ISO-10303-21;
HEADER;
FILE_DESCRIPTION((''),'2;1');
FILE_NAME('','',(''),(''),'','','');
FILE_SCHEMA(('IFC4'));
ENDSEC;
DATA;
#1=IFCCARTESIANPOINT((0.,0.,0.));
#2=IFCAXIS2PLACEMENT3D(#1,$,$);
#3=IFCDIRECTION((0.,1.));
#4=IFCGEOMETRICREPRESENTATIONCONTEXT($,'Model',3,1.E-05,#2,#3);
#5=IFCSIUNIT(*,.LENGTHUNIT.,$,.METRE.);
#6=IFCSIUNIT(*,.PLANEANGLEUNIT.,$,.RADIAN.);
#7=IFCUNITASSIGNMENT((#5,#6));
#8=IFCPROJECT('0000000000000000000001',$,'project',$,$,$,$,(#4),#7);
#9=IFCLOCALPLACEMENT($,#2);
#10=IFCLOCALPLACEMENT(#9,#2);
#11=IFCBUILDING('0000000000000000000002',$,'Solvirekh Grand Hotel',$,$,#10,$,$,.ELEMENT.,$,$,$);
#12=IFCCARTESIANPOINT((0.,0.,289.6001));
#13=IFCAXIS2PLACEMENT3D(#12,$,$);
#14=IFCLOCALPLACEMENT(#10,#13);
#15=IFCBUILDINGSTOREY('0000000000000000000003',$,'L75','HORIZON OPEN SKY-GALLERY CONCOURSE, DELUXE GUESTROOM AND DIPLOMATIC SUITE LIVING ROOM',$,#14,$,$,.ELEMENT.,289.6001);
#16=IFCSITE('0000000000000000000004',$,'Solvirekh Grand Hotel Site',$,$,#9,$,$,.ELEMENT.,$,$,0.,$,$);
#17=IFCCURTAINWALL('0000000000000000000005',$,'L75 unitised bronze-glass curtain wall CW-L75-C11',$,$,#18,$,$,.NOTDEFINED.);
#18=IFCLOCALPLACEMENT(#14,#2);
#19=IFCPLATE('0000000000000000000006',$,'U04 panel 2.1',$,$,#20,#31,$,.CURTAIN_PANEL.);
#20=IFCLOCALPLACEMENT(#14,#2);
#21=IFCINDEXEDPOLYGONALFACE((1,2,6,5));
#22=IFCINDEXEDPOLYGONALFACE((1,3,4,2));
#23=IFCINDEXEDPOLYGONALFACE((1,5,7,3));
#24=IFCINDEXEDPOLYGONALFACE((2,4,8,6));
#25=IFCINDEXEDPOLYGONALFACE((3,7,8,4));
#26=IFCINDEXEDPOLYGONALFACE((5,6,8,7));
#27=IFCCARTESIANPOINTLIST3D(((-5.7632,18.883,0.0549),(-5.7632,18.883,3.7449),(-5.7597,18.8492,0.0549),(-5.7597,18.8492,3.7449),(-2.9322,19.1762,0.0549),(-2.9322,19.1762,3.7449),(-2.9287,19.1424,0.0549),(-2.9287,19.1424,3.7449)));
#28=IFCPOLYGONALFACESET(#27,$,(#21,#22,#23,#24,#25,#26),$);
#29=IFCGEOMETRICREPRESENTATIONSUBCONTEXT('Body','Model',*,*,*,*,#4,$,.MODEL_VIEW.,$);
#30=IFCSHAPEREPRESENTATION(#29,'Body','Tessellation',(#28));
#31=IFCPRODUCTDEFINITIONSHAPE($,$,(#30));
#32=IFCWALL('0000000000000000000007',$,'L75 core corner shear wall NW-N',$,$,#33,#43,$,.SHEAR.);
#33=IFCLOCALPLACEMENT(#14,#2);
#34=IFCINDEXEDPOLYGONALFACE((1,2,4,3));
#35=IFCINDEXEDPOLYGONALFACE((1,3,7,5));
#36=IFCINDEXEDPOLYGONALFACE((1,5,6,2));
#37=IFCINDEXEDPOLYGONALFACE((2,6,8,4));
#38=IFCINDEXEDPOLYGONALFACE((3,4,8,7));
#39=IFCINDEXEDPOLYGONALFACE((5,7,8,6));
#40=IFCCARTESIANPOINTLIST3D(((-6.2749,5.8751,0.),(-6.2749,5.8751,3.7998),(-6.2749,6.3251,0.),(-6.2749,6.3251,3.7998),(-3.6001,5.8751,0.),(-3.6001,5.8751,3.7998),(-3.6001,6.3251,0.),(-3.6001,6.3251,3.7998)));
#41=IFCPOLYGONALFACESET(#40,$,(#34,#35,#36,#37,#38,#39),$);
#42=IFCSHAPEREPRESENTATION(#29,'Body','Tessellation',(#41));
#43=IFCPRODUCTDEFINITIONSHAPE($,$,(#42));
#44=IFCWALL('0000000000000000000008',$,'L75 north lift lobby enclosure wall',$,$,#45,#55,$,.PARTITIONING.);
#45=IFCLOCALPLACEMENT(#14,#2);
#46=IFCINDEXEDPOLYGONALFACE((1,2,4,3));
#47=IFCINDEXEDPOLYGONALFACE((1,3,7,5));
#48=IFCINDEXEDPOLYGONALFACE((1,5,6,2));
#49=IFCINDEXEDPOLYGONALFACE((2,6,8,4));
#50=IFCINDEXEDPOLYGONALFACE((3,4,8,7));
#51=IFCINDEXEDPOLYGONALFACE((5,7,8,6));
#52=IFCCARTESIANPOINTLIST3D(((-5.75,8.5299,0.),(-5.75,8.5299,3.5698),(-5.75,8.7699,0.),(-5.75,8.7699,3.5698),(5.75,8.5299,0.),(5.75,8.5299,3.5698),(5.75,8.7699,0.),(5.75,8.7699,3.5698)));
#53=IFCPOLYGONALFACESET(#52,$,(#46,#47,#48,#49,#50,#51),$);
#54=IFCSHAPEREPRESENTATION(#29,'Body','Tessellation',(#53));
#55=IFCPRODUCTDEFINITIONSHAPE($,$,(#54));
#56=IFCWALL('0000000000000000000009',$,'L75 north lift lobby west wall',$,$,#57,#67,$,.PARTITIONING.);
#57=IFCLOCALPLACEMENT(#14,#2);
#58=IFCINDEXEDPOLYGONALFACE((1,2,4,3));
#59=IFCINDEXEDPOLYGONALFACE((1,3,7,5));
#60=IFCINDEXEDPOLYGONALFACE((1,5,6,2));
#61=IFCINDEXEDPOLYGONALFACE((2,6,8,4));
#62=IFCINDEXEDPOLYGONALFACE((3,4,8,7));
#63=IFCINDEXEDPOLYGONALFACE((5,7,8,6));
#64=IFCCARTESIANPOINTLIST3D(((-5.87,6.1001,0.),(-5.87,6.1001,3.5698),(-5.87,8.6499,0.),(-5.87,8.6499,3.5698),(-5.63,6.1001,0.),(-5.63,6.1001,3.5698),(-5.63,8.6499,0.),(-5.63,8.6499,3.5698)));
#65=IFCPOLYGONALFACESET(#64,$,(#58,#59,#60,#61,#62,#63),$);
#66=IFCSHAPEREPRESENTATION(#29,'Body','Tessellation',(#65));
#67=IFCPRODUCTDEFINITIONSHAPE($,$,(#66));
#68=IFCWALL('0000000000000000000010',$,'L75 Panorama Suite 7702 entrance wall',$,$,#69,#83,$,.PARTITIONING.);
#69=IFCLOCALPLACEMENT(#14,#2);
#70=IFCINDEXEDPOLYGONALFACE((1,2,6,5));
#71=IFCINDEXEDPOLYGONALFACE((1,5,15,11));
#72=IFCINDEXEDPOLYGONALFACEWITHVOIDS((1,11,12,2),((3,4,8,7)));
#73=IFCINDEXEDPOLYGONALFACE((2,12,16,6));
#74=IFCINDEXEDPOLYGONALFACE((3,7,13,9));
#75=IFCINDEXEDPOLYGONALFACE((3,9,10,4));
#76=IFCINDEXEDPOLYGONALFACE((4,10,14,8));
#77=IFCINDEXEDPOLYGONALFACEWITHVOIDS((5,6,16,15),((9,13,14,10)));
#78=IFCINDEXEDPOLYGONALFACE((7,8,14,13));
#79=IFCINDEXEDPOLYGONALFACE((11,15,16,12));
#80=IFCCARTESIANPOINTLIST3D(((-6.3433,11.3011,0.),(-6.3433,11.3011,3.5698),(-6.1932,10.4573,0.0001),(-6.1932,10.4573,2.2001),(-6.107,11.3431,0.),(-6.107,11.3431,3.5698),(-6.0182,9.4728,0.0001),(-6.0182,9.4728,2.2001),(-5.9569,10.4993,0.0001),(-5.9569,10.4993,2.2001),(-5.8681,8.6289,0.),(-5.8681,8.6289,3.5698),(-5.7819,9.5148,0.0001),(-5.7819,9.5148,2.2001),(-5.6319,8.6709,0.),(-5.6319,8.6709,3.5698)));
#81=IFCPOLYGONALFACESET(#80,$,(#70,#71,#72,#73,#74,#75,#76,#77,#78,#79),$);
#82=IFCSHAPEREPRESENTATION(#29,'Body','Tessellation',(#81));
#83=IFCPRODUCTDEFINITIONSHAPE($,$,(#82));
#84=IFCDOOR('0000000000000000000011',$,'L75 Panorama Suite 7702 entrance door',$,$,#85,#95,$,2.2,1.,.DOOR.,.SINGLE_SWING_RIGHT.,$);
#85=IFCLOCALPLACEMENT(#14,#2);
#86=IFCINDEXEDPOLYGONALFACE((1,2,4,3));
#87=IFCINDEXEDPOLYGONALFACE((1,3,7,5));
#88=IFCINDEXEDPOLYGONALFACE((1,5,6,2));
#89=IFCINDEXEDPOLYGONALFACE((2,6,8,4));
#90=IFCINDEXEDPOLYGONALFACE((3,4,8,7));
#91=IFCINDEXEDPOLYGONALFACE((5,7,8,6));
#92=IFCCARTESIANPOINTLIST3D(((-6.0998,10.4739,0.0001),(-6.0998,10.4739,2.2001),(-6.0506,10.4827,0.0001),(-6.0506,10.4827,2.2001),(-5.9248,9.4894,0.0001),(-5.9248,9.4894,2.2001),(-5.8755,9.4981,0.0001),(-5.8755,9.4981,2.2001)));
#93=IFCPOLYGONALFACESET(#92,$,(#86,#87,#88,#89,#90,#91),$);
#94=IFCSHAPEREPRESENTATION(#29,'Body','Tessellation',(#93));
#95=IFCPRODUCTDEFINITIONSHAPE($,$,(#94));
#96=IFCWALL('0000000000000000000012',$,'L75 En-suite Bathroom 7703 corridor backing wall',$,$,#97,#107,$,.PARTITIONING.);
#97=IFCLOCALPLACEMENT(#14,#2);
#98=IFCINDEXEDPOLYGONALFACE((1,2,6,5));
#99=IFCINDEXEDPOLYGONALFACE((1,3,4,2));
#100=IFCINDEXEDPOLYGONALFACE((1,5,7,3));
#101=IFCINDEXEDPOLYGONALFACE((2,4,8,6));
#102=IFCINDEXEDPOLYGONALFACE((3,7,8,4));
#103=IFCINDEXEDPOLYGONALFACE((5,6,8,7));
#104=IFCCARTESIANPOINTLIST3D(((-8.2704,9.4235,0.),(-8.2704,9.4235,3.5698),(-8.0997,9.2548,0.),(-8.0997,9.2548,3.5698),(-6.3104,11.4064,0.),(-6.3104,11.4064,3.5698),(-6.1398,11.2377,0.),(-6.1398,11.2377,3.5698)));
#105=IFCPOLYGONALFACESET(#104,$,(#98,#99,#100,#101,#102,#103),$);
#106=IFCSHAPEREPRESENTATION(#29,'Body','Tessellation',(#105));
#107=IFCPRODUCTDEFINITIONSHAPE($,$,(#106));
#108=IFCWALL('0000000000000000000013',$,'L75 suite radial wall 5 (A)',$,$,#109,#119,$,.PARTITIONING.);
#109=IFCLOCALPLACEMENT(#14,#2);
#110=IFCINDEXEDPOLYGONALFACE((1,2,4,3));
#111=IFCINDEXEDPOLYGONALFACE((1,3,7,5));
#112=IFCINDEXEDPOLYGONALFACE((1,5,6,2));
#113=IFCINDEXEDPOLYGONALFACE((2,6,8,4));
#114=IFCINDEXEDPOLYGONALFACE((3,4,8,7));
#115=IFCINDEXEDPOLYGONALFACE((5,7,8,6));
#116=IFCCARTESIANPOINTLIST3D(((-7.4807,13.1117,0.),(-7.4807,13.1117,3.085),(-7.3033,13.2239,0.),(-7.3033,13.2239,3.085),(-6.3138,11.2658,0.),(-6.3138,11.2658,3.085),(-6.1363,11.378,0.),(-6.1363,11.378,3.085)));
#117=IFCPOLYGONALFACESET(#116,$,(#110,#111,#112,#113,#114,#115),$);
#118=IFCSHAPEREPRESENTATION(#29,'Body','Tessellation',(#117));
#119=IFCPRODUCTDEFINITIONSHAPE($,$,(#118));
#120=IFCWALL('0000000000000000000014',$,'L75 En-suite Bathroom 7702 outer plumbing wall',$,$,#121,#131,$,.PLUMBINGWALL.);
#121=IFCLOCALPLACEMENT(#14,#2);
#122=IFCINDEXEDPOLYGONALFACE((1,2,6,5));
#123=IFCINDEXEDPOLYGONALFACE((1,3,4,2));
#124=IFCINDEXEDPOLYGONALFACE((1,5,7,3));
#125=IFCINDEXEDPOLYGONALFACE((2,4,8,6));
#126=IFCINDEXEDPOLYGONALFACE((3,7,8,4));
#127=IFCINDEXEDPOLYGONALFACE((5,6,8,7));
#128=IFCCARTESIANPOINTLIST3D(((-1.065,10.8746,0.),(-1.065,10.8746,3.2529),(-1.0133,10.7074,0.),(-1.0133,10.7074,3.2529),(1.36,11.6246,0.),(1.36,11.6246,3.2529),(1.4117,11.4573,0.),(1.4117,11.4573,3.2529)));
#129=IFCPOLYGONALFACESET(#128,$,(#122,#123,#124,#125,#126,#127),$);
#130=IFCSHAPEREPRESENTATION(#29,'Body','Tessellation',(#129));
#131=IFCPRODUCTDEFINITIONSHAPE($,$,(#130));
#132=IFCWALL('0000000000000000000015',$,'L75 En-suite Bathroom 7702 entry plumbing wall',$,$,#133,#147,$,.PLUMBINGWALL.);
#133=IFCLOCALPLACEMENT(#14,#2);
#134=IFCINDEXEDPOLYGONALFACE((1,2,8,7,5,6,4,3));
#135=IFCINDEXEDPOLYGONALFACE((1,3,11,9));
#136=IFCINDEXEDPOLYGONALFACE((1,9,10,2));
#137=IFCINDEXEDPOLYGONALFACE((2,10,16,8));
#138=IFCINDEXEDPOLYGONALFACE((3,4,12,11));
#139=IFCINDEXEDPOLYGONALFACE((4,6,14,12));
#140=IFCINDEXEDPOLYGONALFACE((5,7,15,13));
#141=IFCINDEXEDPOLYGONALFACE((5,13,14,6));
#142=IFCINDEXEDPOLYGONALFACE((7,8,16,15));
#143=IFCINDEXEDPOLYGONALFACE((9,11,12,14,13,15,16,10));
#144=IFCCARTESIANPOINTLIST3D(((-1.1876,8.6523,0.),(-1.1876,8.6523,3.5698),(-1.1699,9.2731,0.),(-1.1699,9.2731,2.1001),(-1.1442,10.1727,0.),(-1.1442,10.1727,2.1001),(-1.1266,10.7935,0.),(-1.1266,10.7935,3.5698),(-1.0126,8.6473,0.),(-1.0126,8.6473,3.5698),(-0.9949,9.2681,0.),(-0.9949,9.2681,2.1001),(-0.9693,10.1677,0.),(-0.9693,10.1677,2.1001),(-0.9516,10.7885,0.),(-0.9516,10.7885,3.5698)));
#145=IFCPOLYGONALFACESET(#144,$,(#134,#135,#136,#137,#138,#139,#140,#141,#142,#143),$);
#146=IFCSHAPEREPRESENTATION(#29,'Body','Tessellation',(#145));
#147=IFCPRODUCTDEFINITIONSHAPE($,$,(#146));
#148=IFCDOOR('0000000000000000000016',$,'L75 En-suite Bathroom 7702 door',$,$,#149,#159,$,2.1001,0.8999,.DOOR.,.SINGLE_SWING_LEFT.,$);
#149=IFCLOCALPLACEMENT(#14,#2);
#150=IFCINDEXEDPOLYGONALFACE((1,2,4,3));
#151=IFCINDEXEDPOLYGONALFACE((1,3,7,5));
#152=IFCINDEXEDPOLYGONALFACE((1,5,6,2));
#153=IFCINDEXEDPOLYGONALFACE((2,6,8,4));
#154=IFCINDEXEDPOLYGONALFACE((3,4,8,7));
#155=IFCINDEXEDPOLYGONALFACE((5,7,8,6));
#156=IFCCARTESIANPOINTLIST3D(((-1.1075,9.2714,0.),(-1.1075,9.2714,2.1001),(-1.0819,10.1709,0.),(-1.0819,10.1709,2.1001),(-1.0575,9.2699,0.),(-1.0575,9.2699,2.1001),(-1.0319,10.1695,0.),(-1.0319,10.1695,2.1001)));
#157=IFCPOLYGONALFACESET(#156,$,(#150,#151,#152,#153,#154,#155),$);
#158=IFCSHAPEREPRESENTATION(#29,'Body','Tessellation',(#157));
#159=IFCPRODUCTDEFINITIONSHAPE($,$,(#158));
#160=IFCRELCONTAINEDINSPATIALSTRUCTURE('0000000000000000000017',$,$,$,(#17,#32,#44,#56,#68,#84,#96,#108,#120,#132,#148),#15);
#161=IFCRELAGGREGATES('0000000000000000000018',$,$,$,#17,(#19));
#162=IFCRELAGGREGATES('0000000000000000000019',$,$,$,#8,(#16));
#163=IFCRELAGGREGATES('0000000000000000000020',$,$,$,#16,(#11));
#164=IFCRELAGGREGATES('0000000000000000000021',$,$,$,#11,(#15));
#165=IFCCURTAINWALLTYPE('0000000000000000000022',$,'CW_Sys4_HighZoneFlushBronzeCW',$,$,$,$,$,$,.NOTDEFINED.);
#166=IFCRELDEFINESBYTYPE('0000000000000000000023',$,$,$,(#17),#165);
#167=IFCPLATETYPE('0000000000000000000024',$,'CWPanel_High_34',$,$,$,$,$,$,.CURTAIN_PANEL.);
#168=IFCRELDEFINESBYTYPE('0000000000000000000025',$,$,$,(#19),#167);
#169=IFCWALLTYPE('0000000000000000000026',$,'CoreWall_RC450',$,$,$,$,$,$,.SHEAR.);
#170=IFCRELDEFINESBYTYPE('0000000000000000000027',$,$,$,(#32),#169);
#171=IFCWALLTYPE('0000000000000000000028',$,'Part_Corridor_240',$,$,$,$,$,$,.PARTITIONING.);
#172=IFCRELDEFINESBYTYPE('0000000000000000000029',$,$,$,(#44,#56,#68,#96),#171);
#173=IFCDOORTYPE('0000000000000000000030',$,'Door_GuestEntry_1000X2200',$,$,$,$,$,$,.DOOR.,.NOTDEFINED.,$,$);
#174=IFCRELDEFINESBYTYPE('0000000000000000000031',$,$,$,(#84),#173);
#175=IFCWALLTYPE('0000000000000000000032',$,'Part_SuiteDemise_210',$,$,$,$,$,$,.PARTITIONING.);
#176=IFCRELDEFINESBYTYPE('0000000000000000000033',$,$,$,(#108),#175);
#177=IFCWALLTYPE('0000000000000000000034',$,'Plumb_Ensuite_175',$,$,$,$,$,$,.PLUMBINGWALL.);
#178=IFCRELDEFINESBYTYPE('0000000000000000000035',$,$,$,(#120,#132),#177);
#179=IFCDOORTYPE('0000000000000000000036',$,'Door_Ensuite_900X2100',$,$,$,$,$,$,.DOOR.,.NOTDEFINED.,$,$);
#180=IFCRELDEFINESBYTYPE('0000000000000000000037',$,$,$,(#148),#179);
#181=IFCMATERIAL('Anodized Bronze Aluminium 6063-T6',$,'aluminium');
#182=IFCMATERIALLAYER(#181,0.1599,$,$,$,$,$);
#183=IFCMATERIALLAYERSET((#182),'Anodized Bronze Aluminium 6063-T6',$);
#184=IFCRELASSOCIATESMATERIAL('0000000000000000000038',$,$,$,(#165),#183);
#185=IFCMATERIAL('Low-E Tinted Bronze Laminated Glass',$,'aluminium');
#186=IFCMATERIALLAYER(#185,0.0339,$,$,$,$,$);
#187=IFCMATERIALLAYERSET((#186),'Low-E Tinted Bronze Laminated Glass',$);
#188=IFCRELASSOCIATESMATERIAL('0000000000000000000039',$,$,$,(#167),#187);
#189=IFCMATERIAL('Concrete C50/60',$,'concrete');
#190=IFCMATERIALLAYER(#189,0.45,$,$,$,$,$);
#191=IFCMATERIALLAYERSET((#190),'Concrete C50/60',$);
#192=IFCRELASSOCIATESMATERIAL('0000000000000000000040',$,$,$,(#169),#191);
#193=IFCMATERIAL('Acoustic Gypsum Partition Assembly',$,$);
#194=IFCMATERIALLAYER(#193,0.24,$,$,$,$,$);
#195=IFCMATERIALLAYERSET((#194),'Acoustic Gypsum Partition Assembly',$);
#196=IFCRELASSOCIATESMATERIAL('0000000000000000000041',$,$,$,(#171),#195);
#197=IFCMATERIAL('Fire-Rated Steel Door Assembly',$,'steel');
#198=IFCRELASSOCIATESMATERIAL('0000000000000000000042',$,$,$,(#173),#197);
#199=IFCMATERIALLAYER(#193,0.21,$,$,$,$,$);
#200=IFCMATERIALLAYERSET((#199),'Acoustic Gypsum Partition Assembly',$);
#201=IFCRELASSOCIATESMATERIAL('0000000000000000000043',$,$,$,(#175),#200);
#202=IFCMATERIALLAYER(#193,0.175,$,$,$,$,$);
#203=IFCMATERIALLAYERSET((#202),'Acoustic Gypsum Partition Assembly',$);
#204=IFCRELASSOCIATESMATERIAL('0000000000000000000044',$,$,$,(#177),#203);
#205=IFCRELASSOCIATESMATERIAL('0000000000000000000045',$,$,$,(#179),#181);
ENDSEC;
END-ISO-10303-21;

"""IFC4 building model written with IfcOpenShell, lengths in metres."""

from ifc_helpers import new_model, si_unit, direction, frame, frame_2d, origin, origin_2d, place, context, subcontext, project, spatial, rectangle, extrude, source, transform, mapped, material, layer, layer_set, type_object, element, fill, aggregate, save


model = new_model("IFC4")

# Units and contexts
model_context = context("Model", 3, precision=1e-05, world=origin(), true_north=direction((0.0, 1.0)))
body_context = subcontext(model_context, "Body", "Model", "MODEL_VIEW")
ifc_project = project(units=[si_unit("LENGTHUNIT", "METRE"), si_unit("PLANEANGLEUNIT", "RADIAN")], contexts=[model_context])

# Site, building, storey
site_placement = place(None, origin())
site = spatial("IfcSite", under=ifc_project, at=site_placement, Name="Solvirekh Grand Hotel Site", CompositionType="ELEMENT", RefElevation=0.0)
building_placement = place(site_placement, origin())
building = spatial("IfcBuilding", under=site, at=building_placement, Name="Solvirekh Grand Hotel", CompositionType="ELEMENT")
storey_placement = place(building_placement, frame((0.0, 0.0, 289.6001)))
storey = spatial("IfcBuildingStorey", under=building, at=storey_placement, Name="L75", Description="HORIZON OPEN SKY-GALLERY CONCOURSE, DELUXE GUESTROOM AND DIPLOMATIC SUITE LIVING ROOM", CompositionType="ELEMENT", Elevation=289.6001)

# Curtain wall, plate
ifc_material_1 = material(Name="Anodized Bronze Aluminium 6063-T6", Category="aluminium")
ifc_layer_1 = layer(ifc_material_1, 0.1599)
ifc_layer_set_1 = layer_set([ifc_layer_1], Name="Anodized Bronze Aluminium 6063-T6")
curtain_wall_type = type_object("IfcCurtainWallType", Name="CW_Sys4_HighZoneFlushBronzeCW", PredefinedType="NOTDEFINED", material=ifc_layer_set_1)
curtain_wall_placement = place(storey_placement, origin())
curtain_wall = element("IfcCurtainWall", 1, at=curtain_wall_placement, inside=storey, type_object=curtain_wall_type, Name="L75 unitised bronze-glass curtain wall CW-L75-C11", PredefinedType="NOTDEFINED")
ifc_material_2 = material(Name="Low-E Tinted Bronze Laminated Glass", Category="aluminium")
ifc_layer_2 = layer(ifc_material_2, 0.0339)
ifc_layer_set_2 = layer_set([ifc_layer_2], Name="Low-E Tinted Bronze Laminated Glass")
plate_type = type_object("IfcPlateType", Name="CWPanel_High_34", PredefinedType="CURTAIN_PANEL", material=ifc_layer_set_2)
shared_shape_1 = source(origin(), body_context, "Body", "SweptSolid", [
    extrude(rectangle(XDim=2.8462, YDim=0.0339, at=origin_2d()), origin(), (0.0, 0.0, 1.0), 3.6899),
])
plate_1_placement = place(storey_placement, frame((-4.3459, 19.0127, 0.0549), z_axis=(0.0, 0.0, 1.0), x_axis=(-0.994679, -0.103027, 0.0)))
plate_1 = element("IfcPlate", 2, at=plate_1_placement, type_object=plate_type, Name="U04 panel 2.1", PredefinedType="CURTAIN_PANEL", context=body_context, shape_type="MappedRepresentation", body=[
    mapped(shared_shape_1, transform((0.0, 0.0, 0.0), x_axis=(1.0, 0.0, 0.0), y_axis=(0.0, 1.0, 0.0), z_axis=(0.0, 0.0, 1.0), scale=1.0)),
])
aggregate(curtain_wall, [plate_1])

# Walls
ifc_material_3 = material(Name="Concrete C50/60", Category="concrete")
ifc_layer_3 = layer(ifc_material_3, 0.45)
ifc_layer_set_3 = layer_set([ifc_layer_3], Name="Concrete C50/60")
wall_type_1 = type_object("IfcWallType", Name="CoreWall_RC450", PredefinedType="SHEAR", material=ifc_layer_set_3)
wall_1_placement = place(storey_placement, frame((-6.2749, 6.1001, 0.0), z_axis=(0.0, 0.0, 1.0), x_axis=(1.0, 0.0, 0.0)))
element("IfcWall", 3, at=wall_1_placement, inside=storey, type_object=wall_type_1, Name="L75 core corner shear wall NW-N", PredefinedType="SHEAR", context=body_context, shape_type="SweptSolid", body=[
    extrude(rectangle(XDim=2.6748, YDim=0.45, at=frame_2d((1.3374, 0.0))), origin(), (0.0, 0.0, 1.0), 3.7998),
])
ifc_material_4 = material(Name="Acoustic Gypsum Partition Assembly")
ifc_layer_4 = layer(ifc_material_4, 0.24)
ifc_layer_set_4 = layer_set([ifc_layer_4], Name="Acoustic Gypsum Partition Assembly")
wall_type_2 = type_object("IfcWallType", Name="Part_Corridor_240", PredefinedType="PARTITIONING", material=ifc_layer_set_4)
wall_2_placement = place(storey_placement, frame((-5.75, 8.6499, 0.0), z_axis=(0.0, 0.0, 1.0), x_axis=(1.0, 0.0, 0.0)))
element("IfcWall", 4, at=wall_2_placement, inside=storey, type_object=wall_type_2, Name="L75 north lift lobby enclosure wall", PredefinedType="PARTITIONING", context=body_context, shape_type="SweptSolid", body=[
    extrude(rectangle(XDim=11.5, YDim=0.24, at=frame_2d((5.75, 0.0))), origin(), (0.0, 0.0, 1.0), 3.5698),
])
wall_3_placement = place(storey_placement, frame((-5.75, 6.1001, 0.0), z_axis=(0.0, 0.0, 1.0), x_axis=(0.0, 1.0, 0.0)))
element("IfcWall", 5, at=wall_3_placement, inside=storey, type_object=wall_type_2, Name="L75 north lift lobby west wall", PredefinedType="PARTITIONING", context=body_context, shape_type="SweptSolid", body=[
    extrude(rectangle(XDim=2.5498, YDim=0.24, at=frame_2d((1.2749, 0.0))), origin(), (0.0, 0.0, 1.0), 3.5698),
])

# Wall, opening, door
wall_4_placement = place(storey_placement, frame((-6.2251, 11.322, 0.0), z_axis=(0.0, 0.0, 1.0), x_axis=(0.175053, -0.984559, 0.0)))
wall_4 = element("IfcWall", 6, at=wall_4_placement, inside=storey, type_object=wall_type_2, Name="L75 Panorama Suite 7702 entrance wall", PredefinedType="PARTITIONING", context=body_context, shape_type="SweptSolid", body=[
    extrude(rectangle(XDim=2.7141, YDim=0.24, at=frame_2d((1.3569, 0.0))), origin(), (0.0, 0.0, 1.0), 3.5698),
])
opening_1_placement = place(wall_4_placement, frame((0.8569, 0.0, 0.0)))
opening_1 = element("IfcOpeningElement", 7, at=opening_1_placement, cuts=wall_4, PredefinedType="OPENING", context=body_context, shape_type="SweptSolid", body=[
    extrude(rectangle(XDim=1.0, YDim=2.2, at=frame_2d((0.5, 1.1001))), frame((0.0, 0.1299, 0.0), z_axis=(0.0, -1.0, 0.0), x_axis=(1.0, 0.0, 0.0)), (0.0, 0.0, 1.0), 0.26),
])
ifc_material_5 = material(Name="Fire-Rated Steel Door Assembly", Category="steel")
door_type_1 = type_object("IfcDoorType", Name="Door_GuestEntry_1000X2200", OperationType="NOTDEFINED", PredefinedType="DOOR", material=ifc_material_5)
door_1_placement = place(opening_1_placement, origin())
door_1 = element("IfcDoor", 8, at=door_1_placement, inside=storey, type_object=door_type_1, Name="L75 Panorama Suite 7702 entrance door", OperationType="SINGLE_SWING_RIGHT", OverallHeight=2.2, OverallWidth=1.0, PredefinedType="DOOR", context=body_context, shape_type="SweptSolid", body=[
    extrude(rectangle(XDim=1.0, YDim=2.2, at=frame_2d((0.5, 1.1001))), frame((0.0, 0.0249, 0.0), z_axis=(0.0, -1.0, 0.0), x_axis=(1.0, 0.0, 0.0)), (0.0, 0.0, 1.0), 0.05),
])
fill(opening_1, door_1)

# Walls
wall_5_placement = place(storey_placement, frame((-6.2251, 11.322, 0.0), z_axis=(0.0, 0.0, 1.0), x_axis=(-0.702979, -0.71121, 0.0)))
element("IfcWall", 9, at=wall_5_placement, inside=storey, type_object=wall_type_2, Name="L75 En-suite Bathroom 7703 corridor backing wall", PredefinedType="PARTITIONING", context=body_context, shape_type="SweptSolid", body=[
    extrude(rectangle(XDim=2.7881, YDim=0.24, at=frame_2d((1.394, 0.0))), origin(), (0.0, 0.0, 1.0), 3.5698),
])
ifc_layer_5 = layer(ifc_material_4, 0.21)
ifc_layer_set_5 = layer_set([ifc_layer_5], Name="Acoustic Gypsum Partition Assembly")
wall_type_3 = type_object("IfcWallType", Name="Part_SuiteDemise_210", PredefinedType="PARTITIONING", material=ifc_layer_set_5)
wall_6_placement = place(storey_placement, frame((-6.2251, 11.322, 0.0), z_axis=(0.0, 0.0, 1.0), x_axis=(-0.534363, 0.845255, 0.0)))
element("IfcWall", 10, at=wall_6_placement, inside=storey, type_object=wall_type_3, Name="L75 suite radial wall 5 (A)", PredefinedType="PARTITIONING", context=body_context, shape_type="SweptSolid", body=[
    extrude(rectangle(XDim=2.1838, YDim=0.21, at=frame_2d((1.0918, 0.0))), origin(), (0.0, 0.0, 1.0), 3.085),
])
ifc_layer_6 = layer(ifc_material_4, 0.175)
ifc_layer_set_6 = layer_set([ifc_layer_6], Name="Acoustic Gypsum Partition Assembly")
wall_type_4 = type_object("IfcWallType", Name="Plumb_Ensuite_175", PredefinedType="PLUMBINGWALL", material=ifc_layer_set_6)
wall_7_placement = place(storey_placement, frame((-1.0391, 10.791, 0.0), z_axis=(0.0, 0.0, 1.0), x_axis=(0.955354, 0.295464, 0.0)))
element("IfcWall", 11, at=wall_7_placement, inside=storey, type_object=wall_type_4, Name="L75 En-suite Bathroom 7702 outer plumbing wall", PredefinedType="PLUMBINGWALL", context=body_context, shape_type="SweptSolid", body=[
    extrude(rectangle(XDim=2.5383, YDim=0.175, at=frame_2d((1.269, 0.0))), origin(), (0.0, 0.0, 1.0), 3.2529),
])

# Wall, opening, door
wall_8_placement = place(storey_placement, frame((-1.0391, 10.791, 0.0), z_axis=(0.0, 0.0, 1.0), x_axis=(-0.028495, -0.999594, 0.0)))
wall_8 = element("IfcWall", 12, at=wall_8_placement, inside=storey, type_object=wall_type_4, Name="L75 En-suite Bathroom 7702 entry plumbing wall", PredefinedType="PLUMBINGWALL", context=body_context, shape_type="SweptSolid", body=[
    extrude(rectangle(XDim=2.1421, YDim=0.175, at=frame_2d((1.071, 0.0))), origin(), (0.0, 0.0, 1.0), 3.5698),
])
opening_2_placement = place(wall_8_placement, frame((0.6211, 0.0, 0.0)))
opening_2 = element("IfcOpeningElement", 13, at=opening_2_placement, cuts=wall_8, PredefinedType="OPENING", context=body_context, shape_type="SweptSolid", body=[
    extrude(rectangle(XDim=0.8999, YDim=2.1001, at=frame_2d((0.45, 1.05))), frame((0.0, 0.0977, 0.0), z_axis=(0.0, -1.0, 0.0), x_axis=(1.0, 0.0, 0.0)), (0.0, 0.0, 1.0), 0.1951),
])
door_type_2 = type_object("IfcDoorType", Name="Door_Ensuite_900X2100", OperationType="NOTDEFINED", PredefinedType="DOOR", material=ifc_material_1)
door_2_placement = place(opening_2_placement, origin())
door_2 = element("IfcDoor", 14, at=door_2_placement, inside=storey, type_object=door_type_2, Name="L75 En-suite Bathroom 7702 door", OperationType="SINGLE_SWING_LEFT", OverallHeight=2.1001, OverallWidth=0.8999, PredefinedType="DOOR", context=body_context, shape_type="SweptSolid", body=[
    extrude(rectangle(XDim=0.8999, YDim=2.1001, at=frame_2d((0.45, 1.05))), frame((0.0, 0.0249, 0.0), z_axis=(0.0, -1.0, 0.0), x_axis=(1.0, 0.0, 0.0)), (0.0, 0.0, 1.0), 0.05),
])
fill(opening_2, door_2)

save(model, "model.ifc")
